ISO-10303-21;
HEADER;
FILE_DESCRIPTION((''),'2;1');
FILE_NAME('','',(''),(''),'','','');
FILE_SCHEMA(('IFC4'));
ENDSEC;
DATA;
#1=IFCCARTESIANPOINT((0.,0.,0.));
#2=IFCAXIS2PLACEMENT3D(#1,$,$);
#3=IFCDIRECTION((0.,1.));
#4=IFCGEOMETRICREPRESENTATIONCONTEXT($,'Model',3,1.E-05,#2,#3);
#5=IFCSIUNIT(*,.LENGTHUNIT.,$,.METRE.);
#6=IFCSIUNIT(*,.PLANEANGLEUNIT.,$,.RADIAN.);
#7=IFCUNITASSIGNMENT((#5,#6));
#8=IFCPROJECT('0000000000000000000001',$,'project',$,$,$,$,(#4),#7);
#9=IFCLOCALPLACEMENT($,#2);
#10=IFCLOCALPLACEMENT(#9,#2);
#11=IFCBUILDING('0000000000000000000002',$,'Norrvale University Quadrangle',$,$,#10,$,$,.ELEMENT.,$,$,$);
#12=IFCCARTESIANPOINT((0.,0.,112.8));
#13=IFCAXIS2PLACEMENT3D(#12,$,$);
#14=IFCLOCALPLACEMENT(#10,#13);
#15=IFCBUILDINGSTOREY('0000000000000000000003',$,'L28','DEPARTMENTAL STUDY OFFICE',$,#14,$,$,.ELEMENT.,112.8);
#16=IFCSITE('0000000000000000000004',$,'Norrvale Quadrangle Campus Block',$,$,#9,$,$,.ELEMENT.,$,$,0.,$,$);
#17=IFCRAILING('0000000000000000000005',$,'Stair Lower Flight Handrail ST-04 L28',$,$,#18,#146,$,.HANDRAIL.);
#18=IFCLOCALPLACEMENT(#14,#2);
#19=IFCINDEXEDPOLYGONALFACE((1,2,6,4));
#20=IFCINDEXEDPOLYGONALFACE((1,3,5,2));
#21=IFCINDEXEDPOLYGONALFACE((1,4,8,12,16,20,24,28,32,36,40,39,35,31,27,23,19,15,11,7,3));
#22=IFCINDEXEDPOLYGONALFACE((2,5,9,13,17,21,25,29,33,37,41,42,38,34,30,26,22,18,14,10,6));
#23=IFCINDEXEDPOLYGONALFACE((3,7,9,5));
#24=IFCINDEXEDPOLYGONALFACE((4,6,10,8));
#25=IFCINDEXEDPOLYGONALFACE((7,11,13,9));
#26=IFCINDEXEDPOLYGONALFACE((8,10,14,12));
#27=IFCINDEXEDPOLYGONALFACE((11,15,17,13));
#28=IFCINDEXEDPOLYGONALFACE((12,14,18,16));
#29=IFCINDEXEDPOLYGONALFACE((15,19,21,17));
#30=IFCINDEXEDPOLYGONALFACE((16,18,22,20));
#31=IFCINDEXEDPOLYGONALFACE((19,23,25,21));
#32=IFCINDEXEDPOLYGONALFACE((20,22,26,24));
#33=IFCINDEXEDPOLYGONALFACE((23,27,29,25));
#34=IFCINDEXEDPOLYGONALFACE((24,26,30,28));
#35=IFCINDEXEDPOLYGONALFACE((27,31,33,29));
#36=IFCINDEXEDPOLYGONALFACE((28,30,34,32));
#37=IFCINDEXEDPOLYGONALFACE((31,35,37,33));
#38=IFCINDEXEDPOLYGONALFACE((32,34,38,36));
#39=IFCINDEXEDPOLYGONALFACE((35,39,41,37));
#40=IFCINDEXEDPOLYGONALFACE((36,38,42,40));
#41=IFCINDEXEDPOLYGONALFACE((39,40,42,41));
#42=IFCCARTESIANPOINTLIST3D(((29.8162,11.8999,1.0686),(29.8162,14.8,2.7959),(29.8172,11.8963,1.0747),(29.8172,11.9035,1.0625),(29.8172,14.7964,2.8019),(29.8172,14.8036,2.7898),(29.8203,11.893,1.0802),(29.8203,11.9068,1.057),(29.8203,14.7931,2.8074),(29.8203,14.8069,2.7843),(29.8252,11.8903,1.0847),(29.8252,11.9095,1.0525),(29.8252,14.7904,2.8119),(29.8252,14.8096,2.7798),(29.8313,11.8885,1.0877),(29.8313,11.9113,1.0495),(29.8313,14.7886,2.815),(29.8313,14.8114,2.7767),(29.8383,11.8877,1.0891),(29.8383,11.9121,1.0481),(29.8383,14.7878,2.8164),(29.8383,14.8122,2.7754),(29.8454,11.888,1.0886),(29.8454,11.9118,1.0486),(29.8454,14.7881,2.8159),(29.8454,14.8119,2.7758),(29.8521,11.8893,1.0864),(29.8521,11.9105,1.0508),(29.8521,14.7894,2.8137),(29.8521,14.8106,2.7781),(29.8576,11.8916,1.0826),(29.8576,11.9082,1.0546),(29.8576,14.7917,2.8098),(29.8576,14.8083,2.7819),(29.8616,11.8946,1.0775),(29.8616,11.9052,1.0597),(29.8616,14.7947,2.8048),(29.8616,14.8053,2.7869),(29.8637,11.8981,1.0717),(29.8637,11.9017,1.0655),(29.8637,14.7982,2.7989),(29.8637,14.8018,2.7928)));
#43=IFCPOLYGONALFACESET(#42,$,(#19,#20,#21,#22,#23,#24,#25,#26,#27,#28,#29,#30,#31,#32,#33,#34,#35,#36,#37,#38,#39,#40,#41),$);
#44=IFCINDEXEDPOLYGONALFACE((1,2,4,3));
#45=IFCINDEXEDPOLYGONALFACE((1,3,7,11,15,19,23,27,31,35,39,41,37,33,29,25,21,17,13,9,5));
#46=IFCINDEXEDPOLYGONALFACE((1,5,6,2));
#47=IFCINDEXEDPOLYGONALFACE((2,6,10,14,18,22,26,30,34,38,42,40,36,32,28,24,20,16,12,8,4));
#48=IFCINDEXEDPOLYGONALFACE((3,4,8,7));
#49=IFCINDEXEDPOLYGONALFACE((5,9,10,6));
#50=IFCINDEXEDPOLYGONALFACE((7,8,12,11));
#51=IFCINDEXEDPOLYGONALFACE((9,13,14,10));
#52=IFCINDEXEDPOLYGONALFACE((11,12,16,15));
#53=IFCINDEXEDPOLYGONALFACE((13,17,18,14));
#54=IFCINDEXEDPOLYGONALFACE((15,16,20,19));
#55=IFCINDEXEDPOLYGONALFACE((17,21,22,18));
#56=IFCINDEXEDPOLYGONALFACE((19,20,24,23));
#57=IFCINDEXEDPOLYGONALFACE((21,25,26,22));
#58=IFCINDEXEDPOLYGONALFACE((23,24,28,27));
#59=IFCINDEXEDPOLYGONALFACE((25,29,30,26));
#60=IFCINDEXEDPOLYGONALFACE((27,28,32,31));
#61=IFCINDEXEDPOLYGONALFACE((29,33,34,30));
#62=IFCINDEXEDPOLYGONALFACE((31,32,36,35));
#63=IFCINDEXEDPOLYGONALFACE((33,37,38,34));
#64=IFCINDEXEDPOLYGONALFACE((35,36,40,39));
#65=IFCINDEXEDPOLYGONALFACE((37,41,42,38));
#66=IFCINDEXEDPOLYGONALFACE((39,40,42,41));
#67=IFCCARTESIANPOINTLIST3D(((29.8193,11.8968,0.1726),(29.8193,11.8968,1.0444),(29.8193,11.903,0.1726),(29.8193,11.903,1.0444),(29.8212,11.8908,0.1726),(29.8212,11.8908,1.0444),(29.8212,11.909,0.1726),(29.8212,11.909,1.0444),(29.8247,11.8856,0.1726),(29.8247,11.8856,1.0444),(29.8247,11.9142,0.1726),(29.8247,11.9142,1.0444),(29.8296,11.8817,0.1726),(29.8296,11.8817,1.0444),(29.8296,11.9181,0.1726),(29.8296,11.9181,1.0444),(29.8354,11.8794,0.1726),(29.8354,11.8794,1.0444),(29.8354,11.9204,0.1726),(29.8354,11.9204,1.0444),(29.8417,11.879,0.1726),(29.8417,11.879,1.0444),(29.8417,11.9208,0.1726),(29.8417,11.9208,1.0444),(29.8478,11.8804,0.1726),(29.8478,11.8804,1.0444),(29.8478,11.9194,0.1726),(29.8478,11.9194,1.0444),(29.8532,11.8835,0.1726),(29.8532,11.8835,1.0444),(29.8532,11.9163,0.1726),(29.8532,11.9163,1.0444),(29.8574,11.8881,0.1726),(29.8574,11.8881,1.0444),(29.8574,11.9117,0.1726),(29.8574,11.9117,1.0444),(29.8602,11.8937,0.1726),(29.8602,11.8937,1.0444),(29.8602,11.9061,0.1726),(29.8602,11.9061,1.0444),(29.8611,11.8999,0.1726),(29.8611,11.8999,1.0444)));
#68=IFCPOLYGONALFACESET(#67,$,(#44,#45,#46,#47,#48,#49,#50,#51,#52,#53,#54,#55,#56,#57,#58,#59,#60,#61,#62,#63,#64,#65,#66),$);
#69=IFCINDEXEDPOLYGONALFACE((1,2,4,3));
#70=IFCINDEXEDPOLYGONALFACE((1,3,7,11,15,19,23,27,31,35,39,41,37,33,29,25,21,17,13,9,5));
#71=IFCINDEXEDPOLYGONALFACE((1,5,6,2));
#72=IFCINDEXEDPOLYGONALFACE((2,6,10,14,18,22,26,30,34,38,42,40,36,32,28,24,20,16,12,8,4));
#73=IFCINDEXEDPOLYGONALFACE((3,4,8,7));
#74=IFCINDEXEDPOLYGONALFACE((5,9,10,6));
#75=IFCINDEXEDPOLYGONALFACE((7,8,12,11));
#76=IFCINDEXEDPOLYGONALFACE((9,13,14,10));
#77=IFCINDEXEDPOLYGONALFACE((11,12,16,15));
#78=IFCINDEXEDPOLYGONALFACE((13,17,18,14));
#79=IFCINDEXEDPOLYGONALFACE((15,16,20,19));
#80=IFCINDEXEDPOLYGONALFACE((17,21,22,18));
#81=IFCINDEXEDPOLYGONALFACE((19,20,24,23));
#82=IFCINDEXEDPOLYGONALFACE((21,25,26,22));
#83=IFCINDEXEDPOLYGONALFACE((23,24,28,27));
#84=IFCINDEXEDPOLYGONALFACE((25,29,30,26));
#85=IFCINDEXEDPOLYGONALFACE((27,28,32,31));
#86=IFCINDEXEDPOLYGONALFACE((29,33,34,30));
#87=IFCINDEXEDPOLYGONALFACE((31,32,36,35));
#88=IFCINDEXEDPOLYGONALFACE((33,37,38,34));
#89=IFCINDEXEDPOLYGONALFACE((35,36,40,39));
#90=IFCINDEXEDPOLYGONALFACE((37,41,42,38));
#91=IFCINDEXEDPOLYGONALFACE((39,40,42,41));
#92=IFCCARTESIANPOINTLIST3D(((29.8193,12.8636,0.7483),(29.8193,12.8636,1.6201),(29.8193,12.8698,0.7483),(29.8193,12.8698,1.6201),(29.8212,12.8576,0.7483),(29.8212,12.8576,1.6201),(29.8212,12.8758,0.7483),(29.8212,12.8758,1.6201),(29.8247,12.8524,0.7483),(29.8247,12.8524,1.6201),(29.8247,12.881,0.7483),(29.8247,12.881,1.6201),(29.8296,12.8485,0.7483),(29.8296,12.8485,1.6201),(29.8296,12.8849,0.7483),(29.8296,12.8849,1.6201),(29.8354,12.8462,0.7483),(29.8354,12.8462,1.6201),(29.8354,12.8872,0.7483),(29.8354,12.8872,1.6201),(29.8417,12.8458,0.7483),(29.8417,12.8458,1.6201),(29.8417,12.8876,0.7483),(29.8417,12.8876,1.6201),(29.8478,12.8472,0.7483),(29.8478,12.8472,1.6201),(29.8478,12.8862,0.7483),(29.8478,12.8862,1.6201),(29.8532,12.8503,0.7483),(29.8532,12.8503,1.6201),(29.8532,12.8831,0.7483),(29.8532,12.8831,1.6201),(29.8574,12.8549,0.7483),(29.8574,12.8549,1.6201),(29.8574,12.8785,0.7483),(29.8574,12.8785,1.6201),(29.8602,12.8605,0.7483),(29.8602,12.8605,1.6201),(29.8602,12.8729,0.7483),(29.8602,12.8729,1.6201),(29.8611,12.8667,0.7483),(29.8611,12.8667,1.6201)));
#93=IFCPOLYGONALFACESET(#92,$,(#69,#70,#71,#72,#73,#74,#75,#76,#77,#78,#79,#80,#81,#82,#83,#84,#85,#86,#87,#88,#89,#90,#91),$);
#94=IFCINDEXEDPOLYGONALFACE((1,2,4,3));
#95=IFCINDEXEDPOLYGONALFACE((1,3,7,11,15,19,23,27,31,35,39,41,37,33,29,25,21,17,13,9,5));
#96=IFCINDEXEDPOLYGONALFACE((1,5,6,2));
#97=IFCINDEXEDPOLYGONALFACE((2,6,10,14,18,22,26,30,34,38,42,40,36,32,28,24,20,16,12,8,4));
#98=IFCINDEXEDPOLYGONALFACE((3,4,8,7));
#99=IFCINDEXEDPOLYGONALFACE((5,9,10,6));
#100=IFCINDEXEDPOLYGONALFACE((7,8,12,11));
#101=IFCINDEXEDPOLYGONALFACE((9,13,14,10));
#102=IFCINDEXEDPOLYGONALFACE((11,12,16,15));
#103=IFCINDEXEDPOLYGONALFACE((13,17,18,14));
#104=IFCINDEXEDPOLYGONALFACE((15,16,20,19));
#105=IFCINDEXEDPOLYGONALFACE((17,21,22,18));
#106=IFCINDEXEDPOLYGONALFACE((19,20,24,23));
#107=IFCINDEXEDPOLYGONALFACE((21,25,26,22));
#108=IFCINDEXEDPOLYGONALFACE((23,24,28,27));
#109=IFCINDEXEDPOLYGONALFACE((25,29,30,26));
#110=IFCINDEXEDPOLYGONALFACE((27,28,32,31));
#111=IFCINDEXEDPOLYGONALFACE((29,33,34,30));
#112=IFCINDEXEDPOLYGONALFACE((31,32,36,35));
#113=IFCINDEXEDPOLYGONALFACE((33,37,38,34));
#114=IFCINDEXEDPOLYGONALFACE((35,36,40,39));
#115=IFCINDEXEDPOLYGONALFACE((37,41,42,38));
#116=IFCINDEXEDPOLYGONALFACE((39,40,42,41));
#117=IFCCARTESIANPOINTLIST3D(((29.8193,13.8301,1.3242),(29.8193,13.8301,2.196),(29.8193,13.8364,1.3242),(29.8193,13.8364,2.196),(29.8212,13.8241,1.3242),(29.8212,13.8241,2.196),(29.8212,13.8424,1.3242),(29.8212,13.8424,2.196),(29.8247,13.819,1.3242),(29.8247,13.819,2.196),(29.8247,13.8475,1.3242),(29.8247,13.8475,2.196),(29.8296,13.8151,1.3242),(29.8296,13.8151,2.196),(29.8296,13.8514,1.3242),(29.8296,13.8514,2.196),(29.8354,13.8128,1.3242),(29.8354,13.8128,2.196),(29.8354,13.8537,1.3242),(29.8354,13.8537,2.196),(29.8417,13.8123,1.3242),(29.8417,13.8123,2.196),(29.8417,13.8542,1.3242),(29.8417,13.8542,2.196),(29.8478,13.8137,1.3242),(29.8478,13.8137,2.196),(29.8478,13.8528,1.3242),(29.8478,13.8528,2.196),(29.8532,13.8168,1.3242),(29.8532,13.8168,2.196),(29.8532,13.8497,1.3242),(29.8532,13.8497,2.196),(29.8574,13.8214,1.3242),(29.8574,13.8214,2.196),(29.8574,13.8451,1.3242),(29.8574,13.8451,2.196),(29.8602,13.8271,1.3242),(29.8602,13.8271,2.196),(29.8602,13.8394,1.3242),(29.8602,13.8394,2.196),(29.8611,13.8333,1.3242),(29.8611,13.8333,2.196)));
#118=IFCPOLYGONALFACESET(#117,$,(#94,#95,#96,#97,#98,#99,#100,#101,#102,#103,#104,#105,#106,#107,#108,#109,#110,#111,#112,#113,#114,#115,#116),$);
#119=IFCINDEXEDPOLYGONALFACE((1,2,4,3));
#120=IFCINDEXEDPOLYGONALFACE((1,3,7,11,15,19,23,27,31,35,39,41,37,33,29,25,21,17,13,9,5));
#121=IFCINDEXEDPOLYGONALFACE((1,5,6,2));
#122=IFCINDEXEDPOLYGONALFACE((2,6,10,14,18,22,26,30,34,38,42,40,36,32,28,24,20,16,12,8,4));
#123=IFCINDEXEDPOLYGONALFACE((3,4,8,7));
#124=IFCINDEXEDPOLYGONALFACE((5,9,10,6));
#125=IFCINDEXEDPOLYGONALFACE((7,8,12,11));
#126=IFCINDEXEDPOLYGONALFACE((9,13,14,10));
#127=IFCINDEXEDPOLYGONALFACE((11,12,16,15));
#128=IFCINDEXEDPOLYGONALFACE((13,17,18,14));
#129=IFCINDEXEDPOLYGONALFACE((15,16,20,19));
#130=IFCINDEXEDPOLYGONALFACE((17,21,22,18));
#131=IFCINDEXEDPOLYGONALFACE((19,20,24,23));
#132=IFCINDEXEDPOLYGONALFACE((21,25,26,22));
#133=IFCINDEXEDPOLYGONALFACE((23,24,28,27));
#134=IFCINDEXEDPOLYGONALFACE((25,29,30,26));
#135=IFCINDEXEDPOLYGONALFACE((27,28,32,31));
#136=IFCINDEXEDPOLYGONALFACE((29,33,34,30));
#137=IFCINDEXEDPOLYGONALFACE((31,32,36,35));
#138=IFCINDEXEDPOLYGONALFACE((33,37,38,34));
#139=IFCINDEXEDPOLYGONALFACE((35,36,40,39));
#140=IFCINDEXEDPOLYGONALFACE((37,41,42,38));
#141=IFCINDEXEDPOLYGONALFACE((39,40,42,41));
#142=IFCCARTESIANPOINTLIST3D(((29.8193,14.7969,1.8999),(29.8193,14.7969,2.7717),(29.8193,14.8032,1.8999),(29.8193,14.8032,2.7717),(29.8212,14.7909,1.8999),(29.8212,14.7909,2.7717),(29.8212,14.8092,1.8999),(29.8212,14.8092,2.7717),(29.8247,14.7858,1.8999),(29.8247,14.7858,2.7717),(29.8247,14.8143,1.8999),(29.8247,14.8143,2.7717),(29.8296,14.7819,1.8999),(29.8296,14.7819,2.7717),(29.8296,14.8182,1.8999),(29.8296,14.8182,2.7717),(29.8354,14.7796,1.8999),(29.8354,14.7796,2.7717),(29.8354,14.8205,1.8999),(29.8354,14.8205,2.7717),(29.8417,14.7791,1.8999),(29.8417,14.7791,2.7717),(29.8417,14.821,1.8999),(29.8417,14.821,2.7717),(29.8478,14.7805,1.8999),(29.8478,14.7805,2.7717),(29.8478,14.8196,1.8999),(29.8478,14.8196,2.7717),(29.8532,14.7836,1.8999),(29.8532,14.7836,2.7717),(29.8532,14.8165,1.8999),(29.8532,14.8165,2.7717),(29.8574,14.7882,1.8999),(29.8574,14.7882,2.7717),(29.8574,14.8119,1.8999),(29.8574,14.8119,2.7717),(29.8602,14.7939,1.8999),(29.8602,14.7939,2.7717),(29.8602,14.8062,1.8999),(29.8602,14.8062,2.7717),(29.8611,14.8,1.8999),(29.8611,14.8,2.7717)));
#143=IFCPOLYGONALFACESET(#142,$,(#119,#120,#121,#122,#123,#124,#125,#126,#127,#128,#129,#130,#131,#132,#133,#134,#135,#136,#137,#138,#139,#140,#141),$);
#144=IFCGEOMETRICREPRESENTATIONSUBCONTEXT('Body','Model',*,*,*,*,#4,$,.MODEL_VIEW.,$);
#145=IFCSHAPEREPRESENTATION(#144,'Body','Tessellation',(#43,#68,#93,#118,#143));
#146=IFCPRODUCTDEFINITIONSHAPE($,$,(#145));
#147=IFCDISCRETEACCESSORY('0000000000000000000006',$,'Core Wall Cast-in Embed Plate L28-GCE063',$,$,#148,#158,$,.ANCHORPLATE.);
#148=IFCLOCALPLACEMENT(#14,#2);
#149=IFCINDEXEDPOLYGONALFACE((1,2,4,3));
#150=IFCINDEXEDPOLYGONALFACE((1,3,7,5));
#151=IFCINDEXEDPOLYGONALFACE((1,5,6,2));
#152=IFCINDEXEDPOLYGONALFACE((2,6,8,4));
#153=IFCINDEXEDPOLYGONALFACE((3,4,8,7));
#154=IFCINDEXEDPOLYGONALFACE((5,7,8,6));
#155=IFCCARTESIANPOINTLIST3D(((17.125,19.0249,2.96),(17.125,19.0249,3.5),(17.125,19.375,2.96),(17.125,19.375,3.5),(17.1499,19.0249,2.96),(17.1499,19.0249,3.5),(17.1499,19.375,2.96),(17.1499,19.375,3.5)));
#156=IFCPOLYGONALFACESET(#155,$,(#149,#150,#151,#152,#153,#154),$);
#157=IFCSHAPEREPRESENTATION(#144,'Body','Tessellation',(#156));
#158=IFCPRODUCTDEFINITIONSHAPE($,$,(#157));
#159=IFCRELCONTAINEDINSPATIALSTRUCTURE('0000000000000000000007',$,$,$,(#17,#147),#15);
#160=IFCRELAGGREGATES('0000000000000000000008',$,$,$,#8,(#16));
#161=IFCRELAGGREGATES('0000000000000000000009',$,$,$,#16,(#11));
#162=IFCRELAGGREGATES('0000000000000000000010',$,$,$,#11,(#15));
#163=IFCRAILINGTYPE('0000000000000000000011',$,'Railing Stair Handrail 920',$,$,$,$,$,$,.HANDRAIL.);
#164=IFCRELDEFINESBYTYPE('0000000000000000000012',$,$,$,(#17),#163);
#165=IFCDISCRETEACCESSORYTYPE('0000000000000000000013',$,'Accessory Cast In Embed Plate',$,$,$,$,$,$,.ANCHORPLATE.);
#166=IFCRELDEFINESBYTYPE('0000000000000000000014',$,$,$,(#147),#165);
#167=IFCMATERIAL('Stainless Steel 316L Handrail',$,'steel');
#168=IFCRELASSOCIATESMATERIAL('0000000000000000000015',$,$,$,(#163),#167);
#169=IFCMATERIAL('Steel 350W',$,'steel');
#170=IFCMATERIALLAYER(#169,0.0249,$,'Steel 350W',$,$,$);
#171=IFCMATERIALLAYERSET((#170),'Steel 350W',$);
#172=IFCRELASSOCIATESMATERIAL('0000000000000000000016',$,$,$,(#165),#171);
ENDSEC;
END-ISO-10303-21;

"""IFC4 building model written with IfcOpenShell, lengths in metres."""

from ifc_helpers import new_model, si_unit, direction, frame, origin, origin_2d, place, context, subcontext, project, spatial, rectangle, circle, extrude, material, layer, layer_set, type_object, element, save


model = new_model("IFC4")

# Units and contexts
model_context = context("Model", 3, precision=1e-05, world=origin(), true_north=direction((0.0, 1.0)))
body_context = subcontext(model_context, "Body", "Model", "MODEL_VIEW")
ifc_project = project(units=[si_unit("LENGTHUNIT", "METRE"), si_unit("PLANEANGLEUNIT", "RADIAN")], contexts=[model_context])

# Site, building, storey
site_placement = place(None, origin())
site = spatial("IfcSite", under=ifc_project, at=site_placement, Name="Norrvale Quadrangle Campus Block", CompositionType="ELEMENT", RefElevation=0.0)
building_placement = place(site_placement, origin())
building = spatial("IfcBuilding", under=site, at=building_placement, Name="Norrvale University Quadrangle", CompositionType="ELEMENT")
storey_placement = place(building_placement, frame((0.0, 0.0, 112.8)))
storey = spatial("IfcBuildingStorey", under=building, at=storey_placement, Name="L28", Description="DEPARTMENTAL STUDY OFFICE", CompositionType="ELEMENT", Elevation=112.8)

# Shared definitions
ifc_material_1 = material(Name="Steel 350W", Category="steel")

# Railing
ifc_material_2 = material(Name="Stainless Steel 316L Handrail", Category="steel")
railing_type_1 = type_object("IfcRailingType", Name="Railing Stair Handrail 920", PredefinedType="HANDRAIL", material=ifc_material_2)
railing_1_placement = place(storey_placement, frame((29.8401, 11.8999, 0.1726)))
element("IfcRailing", 1, at=railing_1_placement, inside=storey, type_object=railing_type_1, Name="Stair Lower Flight Handrail ST-04 L28", PredefinedType="HANDRAIL", context=body_context, shape_type="SweptSolid", body=[
    extrude(circle(Radius=0.0239, at=origin_2d()), frame((0.0, 0.0, 0.896), z_axis=(0.0, 0.85916, 0.511706), x_axis=(-1.0, 0.0, 0.0)), (0.0, 0.0, 1.0), 3.3755),
    extrude(circle(Radius=0.021, at=origin_2d()), origin(), (0.0, 0.0, 1.0), 0.8718),
    extrude(circle(Radius=0.021, at=origin_2d()), frame((0.0, 0.9668, 0.5757)), (0.0, 0.0, 1.0), 0.8718),
    extrude(circle(Radius=0.021, at=origin_2d()), frame((0.0, 1.9333, 1.1516)), (0.0, 0.0, 1.0), 0.8718),
    extrude(circle(Radius=0.021, at=origin_2d()), frame((0.0, 2.9001, 1.7273)), (0.0, 0.0, 1.0), 0.8718),
])

# Discrete accessory
ifc_layer_1 = layer(ifc_material_1, 0.0249, Name="Steel 350W")
ifc_layer_set_1 = layer_set([ifc_layer_1], Name="Steel 350W")
discrete_accessory_type = type_object("IfcDiscreteAccessoryType", Name="Accessory Cast In Embed Plate", PredefinedType="ANCHORPLATE", material=ifc_layer_set_1)
discrete_accessory_placement = place(storey_placement, frame((17.1375, 19.2, 2.96), z_axis=(0.0, 0.0, 1.0), x_axis=(1.0, 0.0, 0.0)))
element("IfcDiscreteAccessory", 2, at=discrete_accessory_placement, inside=storey, type_object=discrete_accessory_type, Name="Core Wall Cast-in Embed Plate L28-GCE063", PredefinedType="ANCHORPLATE", context=body_context, shape_type="SweptSolid", body=[
    extrude(rectangle(XDim=0.0249, YDim=0.3501, at=origin_2d()), origin(), (0.0, 0.0, 1.0), 0.54),
])

save(model, "model.ifc")
